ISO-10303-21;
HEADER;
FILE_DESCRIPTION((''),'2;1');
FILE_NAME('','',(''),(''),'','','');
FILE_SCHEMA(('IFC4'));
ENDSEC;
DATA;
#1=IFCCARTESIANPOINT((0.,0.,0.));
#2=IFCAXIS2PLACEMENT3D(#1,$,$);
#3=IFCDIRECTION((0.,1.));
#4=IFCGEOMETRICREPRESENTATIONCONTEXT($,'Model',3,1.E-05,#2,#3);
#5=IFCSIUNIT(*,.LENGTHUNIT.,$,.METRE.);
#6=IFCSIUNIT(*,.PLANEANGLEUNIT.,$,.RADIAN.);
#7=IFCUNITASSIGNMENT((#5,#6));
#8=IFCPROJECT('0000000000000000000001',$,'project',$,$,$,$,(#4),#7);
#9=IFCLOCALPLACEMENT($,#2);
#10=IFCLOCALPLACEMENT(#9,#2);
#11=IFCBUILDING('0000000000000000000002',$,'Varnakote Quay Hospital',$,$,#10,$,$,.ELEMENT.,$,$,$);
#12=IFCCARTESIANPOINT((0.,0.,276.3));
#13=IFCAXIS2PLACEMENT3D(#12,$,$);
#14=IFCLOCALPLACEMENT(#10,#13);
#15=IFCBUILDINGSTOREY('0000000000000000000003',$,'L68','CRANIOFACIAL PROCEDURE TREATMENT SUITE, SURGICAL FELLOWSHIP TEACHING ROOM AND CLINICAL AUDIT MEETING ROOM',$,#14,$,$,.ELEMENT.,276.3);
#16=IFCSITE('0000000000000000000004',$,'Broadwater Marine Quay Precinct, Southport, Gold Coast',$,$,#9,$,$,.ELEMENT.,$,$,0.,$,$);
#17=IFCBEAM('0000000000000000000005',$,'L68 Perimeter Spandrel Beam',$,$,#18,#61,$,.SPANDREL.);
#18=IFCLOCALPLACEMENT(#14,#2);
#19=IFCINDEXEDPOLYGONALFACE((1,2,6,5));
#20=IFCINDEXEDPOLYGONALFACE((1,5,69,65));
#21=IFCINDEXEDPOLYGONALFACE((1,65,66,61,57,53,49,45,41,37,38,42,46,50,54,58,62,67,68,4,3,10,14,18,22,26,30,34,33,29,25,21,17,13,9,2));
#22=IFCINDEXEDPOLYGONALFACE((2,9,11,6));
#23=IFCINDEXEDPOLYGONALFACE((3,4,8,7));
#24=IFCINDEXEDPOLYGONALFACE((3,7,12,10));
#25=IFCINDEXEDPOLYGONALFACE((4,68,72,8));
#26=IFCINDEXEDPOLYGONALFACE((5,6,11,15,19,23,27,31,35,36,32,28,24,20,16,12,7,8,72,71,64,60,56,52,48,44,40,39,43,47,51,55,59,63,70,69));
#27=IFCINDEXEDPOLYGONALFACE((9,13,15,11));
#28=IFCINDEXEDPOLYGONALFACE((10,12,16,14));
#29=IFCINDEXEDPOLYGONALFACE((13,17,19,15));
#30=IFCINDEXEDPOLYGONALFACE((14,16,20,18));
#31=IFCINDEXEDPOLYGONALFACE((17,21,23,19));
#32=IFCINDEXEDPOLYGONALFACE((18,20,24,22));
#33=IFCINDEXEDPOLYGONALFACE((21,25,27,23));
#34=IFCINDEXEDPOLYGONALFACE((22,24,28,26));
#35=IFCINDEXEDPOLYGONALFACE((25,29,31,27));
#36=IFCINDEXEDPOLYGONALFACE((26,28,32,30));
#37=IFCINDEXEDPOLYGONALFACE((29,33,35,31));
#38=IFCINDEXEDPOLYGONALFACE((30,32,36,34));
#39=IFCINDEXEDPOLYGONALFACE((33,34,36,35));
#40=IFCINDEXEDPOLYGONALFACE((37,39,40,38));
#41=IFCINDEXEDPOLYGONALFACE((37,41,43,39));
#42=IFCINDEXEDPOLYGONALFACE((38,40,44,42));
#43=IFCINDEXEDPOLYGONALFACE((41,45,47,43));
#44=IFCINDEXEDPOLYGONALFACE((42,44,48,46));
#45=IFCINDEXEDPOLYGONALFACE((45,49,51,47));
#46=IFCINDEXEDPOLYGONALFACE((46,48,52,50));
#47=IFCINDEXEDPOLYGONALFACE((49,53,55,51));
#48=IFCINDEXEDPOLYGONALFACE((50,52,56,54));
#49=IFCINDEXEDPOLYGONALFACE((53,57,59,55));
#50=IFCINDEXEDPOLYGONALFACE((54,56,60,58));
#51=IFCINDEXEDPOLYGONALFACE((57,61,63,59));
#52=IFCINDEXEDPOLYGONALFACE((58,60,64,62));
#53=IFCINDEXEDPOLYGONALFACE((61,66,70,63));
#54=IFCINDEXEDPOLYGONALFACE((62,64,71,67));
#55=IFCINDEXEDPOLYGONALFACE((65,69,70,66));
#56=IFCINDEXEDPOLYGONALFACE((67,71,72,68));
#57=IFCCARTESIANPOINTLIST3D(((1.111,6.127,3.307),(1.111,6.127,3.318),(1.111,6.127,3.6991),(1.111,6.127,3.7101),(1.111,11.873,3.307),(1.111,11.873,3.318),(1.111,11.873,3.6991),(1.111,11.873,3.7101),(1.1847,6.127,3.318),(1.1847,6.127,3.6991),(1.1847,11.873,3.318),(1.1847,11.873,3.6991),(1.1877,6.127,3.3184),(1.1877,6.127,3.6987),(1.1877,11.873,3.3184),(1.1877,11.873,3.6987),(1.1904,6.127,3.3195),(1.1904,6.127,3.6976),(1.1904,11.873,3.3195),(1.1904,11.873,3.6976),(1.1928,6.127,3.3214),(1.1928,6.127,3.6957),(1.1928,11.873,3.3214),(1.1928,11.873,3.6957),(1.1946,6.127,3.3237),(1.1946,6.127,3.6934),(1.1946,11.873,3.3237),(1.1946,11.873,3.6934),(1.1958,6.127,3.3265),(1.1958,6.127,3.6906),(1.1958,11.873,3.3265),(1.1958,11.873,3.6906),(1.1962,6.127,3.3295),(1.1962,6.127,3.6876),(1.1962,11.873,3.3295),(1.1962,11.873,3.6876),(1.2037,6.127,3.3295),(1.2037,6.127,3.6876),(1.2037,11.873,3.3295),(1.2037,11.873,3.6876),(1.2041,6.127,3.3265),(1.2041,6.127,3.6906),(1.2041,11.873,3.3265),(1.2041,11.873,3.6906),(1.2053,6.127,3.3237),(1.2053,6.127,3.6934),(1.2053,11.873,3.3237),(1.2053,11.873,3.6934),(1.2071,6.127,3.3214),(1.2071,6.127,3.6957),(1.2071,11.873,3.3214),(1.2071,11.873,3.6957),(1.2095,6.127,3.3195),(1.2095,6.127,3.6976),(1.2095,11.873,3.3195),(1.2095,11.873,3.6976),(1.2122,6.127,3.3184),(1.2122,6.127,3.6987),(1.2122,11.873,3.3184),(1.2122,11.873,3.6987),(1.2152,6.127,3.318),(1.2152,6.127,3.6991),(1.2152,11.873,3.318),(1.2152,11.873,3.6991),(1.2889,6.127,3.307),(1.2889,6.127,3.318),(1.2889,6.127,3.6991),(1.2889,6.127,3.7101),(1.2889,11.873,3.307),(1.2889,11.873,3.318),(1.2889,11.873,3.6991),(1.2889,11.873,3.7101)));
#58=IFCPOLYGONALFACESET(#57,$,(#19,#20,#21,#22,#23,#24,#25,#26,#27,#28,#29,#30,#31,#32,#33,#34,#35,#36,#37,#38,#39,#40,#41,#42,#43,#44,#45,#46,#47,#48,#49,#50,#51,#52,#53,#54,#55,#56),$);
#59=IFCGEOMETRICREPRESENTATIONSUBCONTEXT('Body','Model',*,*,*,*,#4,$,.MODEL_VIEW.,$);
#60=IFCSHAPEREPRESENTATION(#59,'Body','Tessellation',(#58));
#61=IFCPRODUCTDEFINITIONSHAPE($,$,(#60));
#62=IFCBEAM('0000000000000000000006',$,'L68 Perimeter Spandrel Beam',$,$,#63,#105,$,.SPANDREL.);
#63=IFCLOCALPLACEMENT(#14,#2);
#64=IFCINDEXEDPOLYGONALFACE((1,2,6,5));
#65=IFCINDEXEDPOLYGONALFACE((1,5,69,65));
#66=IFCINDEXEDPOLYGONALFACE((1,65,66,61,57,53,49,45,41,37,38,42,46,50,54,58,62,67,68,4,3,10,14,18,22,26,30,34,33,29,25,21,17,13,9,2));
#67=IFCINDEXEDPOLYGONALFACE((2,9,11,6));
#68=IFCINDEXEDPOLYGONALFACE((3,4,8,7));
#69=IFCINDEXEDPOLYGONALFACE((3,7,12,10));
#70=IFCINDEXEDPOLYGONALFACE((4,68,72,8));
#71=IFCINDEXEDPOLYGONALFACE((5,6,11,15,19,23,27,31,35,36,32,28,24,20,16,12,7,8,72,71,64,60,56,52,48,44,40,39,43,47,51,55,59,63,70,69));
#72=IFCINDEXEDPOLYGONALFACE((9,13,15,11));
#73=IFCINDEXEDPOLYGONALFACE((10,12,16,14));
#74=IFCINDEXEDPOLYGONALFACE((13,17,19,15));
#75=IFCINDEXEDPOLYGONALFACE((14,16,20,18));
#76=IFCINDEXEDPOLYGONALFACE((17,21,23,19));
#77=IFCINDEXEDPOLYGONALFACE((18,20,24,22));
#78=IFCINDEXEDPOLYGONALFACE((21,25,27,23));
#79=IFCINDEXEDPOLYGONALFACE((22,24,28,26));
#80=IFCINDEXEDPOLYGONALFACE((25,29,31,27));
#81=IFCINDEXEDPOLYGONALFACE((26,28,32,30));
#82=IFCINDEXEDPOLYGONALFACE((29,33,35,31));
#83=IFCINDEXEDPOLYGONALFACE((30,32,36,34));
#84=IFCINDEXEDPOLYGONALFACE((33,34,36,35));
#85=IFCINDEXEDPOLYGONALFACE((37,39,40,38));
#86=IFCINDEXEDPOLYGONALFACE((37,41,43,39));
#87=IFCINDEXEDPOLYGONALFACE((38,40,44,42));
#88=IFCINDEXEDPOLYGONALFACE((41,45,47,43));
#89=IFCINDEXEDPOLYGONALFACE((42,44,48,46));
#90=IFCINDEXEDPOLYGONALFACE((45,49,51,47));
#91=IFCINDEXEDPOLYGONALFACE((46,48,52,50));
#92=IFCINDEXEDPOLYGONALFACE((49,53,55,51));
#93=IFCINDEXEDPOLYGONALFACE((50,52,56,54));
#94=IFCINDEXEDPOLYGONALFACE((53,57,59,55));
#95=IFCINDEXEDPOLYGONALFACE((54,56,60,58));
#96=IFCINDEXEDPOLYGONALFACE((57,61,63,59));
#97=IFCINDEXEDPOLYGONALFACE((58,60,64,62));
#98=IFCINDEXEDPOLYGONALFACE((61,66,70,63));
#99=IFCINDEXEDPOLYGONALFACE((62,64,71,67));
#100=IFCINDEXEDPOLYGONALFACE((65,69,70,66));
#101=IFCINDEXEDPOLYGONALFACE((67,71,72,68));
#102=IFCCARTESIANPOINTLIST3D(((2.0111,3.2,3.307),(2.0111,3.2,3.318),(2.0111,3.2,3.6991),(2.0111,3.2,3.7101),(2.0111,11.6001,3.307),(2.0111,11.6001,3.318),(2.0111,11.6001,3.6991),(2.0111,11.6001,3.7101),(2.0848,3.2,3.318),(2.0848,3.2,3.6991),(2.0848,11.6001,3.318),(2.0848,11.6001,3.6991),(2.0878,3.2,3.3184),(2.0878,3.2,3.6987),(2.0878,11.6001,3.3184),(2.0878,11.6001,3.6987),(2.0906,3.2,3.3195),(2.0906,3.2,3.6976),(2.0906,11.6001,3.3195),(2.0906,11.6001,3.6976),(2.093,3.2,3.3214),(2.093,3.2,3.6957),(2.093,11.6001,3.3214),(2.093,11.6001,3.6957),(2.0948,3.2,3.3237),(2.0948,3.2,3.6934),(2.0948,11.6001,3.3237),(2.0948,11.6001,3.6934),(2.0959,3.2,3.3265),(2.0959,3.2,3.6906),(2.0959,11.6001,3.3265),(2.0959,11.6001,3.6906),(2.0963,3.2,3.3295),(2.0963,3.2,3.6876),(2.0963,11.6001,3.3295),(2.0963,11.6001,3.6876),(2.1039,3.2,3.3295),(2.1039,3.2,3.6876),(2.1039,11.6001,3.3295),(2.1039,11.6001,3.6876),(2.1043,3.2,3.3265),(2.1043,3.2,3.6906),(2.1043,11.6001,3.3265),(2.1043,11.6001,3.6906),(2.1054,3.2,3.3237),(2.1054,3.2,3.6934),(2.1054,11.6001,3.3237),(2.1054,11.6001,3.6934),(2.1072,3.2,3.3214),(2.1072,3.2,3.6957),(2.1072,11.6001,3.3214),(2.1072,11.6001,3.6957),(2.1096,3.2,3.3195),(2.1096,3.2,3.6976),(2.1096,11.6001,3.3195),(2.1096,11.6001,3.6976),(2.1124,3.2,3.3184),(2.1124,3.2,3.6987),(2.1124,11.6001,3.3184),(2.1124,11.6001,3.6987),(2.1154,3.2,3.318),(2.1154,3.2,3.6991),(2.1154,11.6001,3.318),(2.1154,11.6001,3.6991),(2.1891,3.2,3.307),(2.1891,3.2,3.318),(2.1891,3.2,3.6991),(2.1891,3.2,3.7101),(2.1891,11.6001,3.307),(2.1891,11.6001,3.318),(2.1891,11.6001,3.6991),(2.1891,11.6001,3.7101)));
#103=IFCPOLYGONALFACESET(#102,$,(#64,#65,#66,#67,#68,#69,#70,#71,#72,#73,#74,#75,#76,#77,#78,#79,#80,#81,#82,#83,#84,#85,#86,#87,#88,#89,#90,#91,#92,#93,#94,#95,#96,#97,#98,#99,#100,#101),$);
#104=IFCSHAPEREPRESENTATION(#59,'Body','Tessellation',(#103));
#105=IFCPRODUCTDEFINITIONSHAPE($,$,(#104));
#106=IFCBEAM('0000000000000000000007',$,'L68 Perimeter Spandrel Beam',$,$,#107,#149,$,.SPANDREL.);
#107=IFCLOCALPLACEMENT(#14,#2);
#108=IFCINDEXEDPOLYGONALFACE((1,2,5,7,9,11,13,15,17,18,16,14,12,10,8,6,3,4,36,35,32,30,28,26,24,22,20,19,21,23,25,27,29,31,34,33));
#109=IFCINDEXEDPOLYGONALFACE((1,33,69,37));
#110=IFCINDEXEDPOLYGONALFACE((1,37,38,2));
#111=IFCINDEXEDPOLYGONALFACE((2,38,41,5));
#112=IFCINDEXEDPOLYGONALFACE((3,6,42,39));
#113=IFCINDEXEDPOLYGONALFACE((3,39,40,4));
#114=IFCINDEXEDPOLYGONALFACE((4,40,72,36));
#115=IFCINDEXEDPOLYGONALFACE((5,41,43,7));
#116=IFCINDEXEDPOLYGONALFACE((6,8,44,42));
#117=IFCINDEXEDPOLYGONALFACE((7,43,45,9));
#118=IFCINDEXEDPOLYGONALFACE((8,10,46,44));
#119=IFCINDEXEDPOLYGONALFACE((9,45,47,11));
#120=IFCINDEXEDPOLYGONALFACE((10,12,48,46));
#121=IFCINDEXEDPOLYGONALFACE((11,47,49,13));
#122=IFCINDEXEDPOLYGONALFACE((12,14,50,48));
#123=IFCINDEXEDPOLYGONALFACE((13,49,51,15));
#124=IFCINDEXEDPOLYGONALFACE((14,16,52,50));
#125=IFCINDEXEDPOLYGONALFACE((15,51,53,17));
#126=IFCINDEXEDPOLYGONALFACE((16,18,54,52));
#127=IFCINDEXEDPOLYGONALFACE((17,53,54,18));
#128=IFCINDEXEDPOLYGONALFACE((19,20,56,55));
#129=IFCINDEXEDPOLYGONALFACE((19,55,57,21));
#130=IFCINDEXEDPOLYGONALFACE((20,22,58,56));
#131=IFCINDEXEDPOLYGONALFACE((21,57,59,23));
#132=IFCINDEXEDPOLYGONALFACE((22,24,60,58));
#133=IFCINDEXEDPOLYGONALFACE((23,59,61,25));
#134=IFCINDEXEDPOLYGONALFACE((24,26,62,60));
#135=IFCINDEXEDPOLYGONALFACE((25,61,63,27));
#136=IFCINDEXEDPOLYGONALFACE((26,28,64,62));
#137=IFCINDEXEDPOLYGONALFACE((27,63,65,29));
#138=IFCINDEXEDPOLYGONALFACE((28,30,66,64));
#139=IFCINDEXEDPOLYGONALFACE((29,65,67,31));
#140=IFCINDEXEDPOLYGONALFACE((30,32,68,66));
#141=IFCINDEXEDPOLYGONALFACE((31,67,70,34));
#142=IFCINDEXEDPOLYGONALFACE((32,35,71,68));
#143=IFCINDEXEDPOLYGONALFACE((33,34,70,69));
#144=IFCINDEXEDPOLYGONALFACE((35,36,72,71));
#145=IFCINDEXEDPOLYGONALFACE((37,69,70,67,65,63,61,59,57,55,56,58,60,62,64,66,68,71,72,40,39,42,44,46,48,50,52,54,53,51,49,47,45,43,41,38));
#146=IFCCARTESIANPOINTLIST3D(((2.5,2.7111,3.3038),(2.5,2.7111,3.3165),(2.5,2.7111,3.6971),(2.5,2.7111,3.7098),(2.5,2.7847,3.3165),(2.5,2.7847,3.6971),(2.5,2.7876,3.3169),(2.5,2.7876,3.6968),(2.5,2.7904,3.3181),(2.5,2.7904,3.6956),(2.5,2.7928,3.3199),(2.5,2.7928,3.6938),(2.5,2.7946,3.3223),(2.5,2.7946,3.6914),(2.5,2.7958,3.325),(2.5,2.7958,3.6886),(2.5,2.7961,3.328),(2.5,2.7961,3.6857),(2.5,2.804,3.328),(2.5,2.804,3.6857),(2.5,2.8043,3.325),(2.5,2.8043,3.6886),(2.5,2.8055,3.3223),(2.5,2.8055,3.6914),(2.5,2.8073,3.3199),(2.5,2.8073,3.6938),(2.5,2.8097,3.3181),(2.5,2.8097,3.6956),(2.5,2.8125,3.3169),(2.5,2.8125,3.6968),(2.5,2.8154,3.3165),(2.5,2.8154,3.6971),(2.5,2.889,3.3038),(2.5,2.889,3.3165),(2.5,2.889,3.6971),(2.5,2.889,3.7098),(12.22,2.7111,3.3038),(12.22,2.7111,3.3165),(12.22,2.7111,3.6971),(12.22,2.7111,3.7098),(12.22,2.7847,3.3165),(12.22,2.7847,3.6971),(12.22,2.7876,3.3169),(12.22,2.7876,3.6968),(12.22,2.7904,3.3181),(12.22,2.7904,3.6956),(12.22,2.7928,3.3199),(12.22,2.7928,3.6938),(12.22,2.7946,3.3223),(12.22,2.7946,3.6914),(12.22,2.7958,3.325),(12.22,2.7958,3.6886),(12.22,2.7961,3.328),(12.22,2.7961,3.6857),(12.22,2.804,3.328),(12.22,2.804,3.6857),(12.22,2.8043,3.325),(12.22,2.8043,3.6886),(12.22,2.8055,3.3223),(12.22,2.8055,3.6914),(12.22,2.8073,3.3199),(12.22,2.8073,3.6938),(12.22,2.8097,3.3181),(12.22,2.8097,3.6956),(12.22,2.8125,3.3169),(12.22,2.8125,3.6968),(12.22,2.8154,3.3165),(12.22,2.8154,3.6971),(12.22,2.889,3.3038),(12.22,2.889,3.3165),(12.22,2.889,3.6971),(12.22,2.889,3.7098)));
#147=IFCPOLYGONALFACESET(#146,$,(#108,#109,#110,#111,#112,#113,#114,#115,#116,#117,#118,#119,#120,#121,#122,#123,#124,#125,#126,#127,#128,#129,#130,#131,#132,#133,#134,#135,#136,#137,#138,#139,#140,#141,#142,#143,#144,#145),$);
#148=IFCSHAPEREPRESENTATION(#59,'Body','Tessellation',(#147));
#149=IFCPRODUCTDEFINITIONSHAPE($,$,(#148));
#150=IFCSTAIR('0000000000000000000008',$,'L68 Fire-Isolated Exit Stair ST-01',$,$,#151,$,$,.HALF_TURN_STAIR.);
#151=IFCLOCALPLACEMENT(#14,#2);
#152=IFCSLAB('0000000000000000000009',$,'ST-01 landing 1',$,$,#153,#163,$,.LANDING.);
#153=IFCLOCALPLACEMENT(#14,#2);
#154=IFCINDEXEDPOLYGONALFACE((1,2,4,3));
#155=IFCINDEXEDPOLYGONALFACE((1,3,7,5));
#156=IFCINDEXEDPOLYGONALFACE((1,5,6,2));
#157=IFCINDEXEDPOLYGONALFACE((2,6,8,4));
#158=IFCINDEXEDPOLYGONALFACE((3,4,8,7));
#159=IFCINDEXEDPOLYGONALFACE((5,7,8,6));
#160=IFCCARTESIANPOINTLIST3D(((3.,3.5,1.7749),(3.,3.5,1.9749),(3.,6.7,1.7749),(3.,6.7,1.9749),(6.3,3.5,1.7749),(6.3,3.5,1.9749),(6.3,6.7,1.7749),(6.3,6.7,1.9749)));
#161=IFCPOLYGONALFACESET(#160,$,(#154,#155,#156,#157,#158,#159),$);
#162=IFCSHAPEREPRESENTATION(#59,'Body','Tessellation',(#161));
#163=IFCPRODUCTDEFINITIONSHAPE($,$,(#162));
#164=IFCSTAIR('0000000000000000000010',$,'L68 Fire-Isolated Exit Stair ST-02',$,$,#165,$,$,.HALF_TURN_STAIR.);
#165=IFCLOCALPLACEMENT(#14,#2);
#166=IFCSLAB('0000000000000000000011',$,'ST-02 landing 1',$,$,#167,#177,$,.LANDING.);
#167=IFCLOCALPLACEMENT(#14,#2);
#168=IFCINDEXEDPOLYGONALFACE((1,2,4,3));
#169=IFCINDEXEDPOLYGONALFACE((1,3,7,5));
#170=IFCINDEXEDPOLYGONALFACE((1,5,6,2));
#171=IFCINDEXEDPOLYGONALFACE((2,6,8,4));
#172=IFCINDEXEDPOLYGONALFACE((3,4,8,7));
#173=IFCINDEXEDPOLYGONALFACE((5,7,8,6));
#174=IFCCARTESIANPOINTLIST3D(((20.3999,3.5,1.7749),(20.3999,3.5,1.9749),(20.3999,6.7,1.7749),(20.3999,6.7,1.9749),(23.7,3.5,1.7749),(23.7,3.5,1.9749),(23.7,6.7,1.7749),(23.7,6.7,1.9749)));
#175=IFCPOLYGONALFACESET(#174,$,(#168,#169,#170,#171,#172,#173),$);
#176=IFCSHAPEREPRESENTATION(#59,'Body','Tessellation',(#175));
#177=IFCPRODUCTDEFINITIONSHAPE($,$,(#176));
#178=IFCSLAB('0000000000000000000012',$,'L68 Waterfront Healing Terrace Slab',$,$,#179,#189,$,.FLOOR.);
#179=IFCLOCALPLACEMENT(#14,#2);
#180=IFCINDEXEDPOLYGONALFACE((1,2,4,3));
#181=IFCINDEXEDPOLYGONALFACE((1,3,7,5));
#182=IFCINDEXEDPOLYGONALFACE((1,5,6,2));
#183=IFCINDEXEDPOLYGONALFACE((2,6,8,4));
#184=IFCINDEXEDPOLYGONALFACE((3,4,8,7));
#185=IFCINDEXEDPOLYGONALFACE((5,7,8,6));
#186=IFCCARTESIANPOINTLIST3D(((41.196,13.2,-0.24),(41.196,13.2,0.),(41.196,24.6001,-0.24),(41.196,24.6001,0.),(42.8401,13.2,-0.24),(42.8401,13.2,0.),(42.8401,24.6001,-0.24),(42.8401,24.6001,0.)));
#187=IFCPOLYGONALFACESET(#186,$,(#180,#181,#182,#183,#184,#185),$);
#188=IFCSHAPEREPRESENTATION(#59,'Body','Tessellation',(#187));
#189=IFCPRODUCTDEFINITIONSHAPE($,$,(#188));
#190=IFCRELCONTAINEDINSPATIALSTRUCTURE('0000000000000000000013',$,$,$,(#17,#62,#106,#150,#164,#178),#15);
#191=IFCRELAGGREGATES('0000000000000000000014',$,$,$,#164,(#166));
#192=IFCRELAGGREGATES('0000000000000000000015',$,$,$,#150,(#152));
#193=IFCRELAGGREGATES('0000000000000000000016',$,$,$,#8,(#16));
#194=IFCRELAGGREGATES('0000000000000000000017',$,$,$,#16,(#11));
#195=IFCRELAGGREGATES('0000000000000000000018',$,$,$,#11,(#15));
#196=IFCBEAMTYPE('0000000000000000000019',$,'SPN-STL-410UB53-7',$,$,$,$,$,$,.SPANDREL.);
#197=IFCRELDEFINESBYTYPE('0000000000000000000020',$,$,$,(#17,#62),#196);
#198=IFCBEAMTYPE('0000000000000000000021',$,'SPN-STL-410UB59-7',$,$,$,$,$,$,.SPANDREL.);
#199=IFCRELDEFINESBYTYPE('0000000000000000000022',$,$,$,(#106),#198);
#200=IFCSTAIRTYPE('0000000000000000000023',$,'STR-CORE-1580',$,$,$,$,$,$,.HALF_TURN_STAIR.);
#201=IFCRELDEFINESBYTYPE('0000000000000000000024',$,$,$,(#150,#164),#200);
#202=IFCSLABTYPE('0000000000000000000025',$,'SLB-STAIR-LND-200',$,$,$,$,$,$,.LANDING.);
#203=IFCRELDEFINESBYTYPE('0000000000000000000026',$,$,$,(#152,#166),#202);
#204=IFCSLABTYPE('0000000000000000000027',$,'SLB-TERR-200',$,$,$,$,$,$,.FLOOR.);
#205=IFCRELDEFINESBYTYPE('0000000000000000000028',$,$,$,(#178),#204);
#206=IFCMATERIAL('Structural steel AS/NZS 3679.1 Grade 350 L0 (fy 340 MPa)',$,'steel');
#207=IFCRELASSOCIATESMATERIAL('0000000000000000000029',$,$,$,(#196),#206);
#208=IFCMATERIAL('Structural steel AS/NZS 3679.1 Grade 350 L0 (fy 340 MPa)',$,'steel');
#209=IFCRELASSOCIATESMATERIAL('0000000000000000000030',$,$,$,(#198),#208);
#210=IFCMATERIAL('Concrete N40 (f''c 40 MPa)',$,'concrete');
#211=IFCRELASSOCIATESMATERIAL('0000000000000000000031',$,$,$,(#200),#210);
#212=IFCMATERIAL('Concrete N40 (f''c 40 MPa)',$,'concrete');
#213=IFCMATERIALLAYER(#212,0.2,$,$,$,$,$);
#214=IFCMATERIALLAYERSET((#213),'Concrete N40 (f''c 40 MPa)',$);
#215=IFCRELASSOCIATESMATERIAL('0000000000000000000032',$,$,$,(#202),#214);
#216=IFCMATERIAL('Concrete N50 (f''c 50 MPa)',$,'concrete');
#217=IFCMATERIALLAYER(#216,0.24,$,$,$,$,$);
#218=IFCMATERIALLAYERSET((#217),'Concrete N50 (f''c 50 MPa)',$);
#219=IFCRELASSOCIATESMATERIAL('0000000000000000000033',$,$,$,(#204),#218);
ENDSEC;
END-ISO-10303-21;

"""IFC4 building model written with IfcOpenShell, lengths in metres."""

from ifc_helpers import new_model, si_unit, direction, frame, origin, origin_2d, place, context, subcontext, project, spatial, polyline, i_section, outline, extrude, material, layer, layer_set, material_profile, profile_set, type_object, element, aggregate, save


model = new_model("IFC4")

# Units and contexts
model_context = context("Model", 3, precision=1e-05, world=origin(), true_north=direction((0.0, 1.0)))
body_context = subcontext(model_context, "Body", "Model", "MODEL_VIEW")
ifc_project = project(units=[si_unit("LENGTHUNIT", "METRE"), si_unit("PLANEANGLEUNIT", "RADIAN")], contexts=[model_context])

# Site, building, storey
site_placement = place(None, origin())
site = spatial("IfcSite", under=ifc_project, at=site_placement, Name="Broadwater Marine Quay Precinct, Southport, Gold Coast", CompositionType="ELEMENT", RefElevation=0.0)
building_placement = place(site_placement, origin())
building = spatial("IfcBuilding", under=site, at=building_placement, Name="Varnakote Quay Hospital", CompositionType="ELEMENT")
storey_placement = place(building_placement, frame((0.0, 0.0, 276.3)))
storey = spatial("IfcBuildingStorey", under=building, at=storey_placement, Name="L68", Description="CRANIOFACIAL PROCEDURE TREATMENT SUITE, SURGICAL FELLOWSHIP TEACHING ROOM AND CLINICAL AUDIT MEETING ROOM", CompositionType="ELEMENT", Elevation=276.3)

# Beams
ifc_material_1 = material(Name="Structural steel AS/NZS 3679.1 Grade 350 L0 (fy 340 MPa)", Category="steel")
ifc_material_profile_1 = material_profile(ifc_material_1, i_section(OverallWidth=0.178, OverallDepth=0.4031, WebThickness=0.0076, FlangeThickness=0.011, FilletRadius=0.0115, at=origin_2d()), Name="410UB53.7")
ifc_profile_set_1 = profile_set([ifc_material_profile_1], Name="Structural steel AS/NZS 3679.1 Grade 350 L0 (fy 340 MPa)")
beam_type_1 = type_object("IfcBeamType", Name="SPN-STL-410UB53-7", PredefinedType="SPANDREL", material=ifc_profile_set_1)
beam_1_placement = place(storey_placement, frame((1.2, 6.127, 3.5085), z_axis=(0.0, 1.0, 0.0), x_axis=(-1.0, 0.0, 0.0)))
element("IfcBeam", 1, at=beam_1_placement, inside=storey, type_object=beam_type_1, Name="L68 Perimeter Spandrel Beam", PredefinedType="SPANDREL", context=body_context, shape_type="SweptSolid", body=[
    extrude(i_section(OverallWidth=0.178, OverallDepth=0.4031, WebThickness=0.0076, FlangeThickness=0.011, FilletRadius=0.0115, at=origin_2d()), origin(), (0.0, 0.0, 1.0), 5.7461),
])
beam_2_placement = place(storey_placement, frame((2.1001, 3.2, 3.5085), z_axis=(0.0, 1.0, 0.0), x_axis=(-1.0, 0.0, 0.0)))
element("IfcBeam", 2, at=beam_2_placement, inside=storey, type_object=beam_type_1, Name="L68 Perimeter Spandrel Beam", PredefinedType="SPANDREL", context=body_context, shape_type="SweptSolid", body=[
    extrude(i_section(OverallWidth=0.178, OverallDepth=0.4031, WebThickness=0.0076, FlangeThickness=0.011, FilletRadius=0.0115, at=origin_2d()), origin(), (0.0, 0.0, 1.0), 8.4001),
])
ifc_material_2 = material(Name="Structural steel AS/NZS 3679.1 Grade 350 L0 (fy 340 MPa)", Category="steel")
ifc_material_profile_2 = material_profile(ifc_material_2, i_section(OverallWidth=0.178, OverallDepth=0.406, WebThickness=0.0078, FlangeThickness=0.0127, FilletRadius=0.0115, at=origin_2d()), Name="410UB59.7")
ifc_profile_set_2 = profile_set([ifc_material_profile_2], Name="Structural steel AS/NZS 3679.1 Grade 350 L0 (fy 340 MPa)")
beam_type_2 = type_object("IfcBeamType", Name="SPN-STL-410UB59-7", PredefinedType="SPANDREL", material=ifc_profile_set_2)
beam_3_placement = place(storey_placement, frame((2.5, 2.8, 3.5068), z_axis=(1.0, 0.0, 0.0), x_axis=(0.0, 1.0, 0.0)))
element("IfcBeam", 3, at=beam_3_placement, inside=storey, type_object=beam_type_2, Name="L68 Perimeter Spandrel Beam", PredefinedType="SPANDREL", context=body_context, shape_type="SweptSolid", body=[
    extrude(i_section(OverallWidth=0.178, OverallDepth=0.406, WebThickness=0.0078, FlangeThickness=0.0127, FilletRadius=0.0115, at=origin_2d()), origin(), (0.0, 0.0, 1.0), 9.72),
])

# Stairs, slabs
ifc_material_3 = material(Name="Concrete N40 (f'c 40 MPa)", Category="concrete")
stair_type = type_object("IfcStairType", Name="STR-CORE-1580", PredefinedType="HALF_TURN_STAIR", material=ifc_material_3)
stair_1_placement = place(storey_placement, origin())
stair_1 = element("IfcStair", 4, at=stair_1_placement, inside=storey, type_object=stair_type, Name="L68 Fire-Isolated Exit Stair ST-01", PredefinedType="HALF_TURN_STAIR")
ifc_material_4 = material(Name="Concrete N40 (f'c 40 MPa)", Category="concrete")
ifc_layer_1 = layer(ifc_material_4, 0.2)
ifc_layer_set_1 = layer_set([ifc_layer_1], Name="Concrete N40 (f'c 40 MPa)")
slab_type_1 = type_object("IfcSlabType", Name="SLB-STAIR-LND-200", PredefinedType="LANDING", material=ifc_layer_set_1)
slab_1_placement = place(storey_placement, frame((0.0, 0.0, 1.7749)))
slab_1 = element("IfcSlab", 5, at=slab_1_placement, type_object=slab_type_1, Name="ST-01 landing 1", PredefinedType="LANDING", context=body_context, shape_type="SweptSolid", body=[
    extrude(outline(polyline([(3.0, 6.7), (3.0, 3.5), (6.3, 3.5), (6.3, 6.7), (3.0, 6.7)])), origin(), (0.0, 0.0, 1.0), 0.2),
])
stair_2_placement = place(storey_placement, origin())
stair_2 = element("IfcStair", 6, at=stair_2_placement, inside=storey, type_object=stair_type, Name="L68 Fire-Isolated Exit Stair ST-02", PredefinedType="HALF_TURN_STAIR")
slab_2_placement = place(storey_placement, frame((0.0, 0.0, 1.7749)))
slab_2 = element("IfcSlab", 7, at=slab_2_placement, type_object=slab_type_1, Name="ST-02 landing 1", PredefinedType="LANDING", context=body_context, shape_type="SweptSolid", body=[
    extrude(outline(polyline([(20.3999, 6.7), (20.3999, 3.5), (23.7, 3.5), (23.7, 6.7), (20.3999, 6.7)])), origin(), (0.0, 0.0, 1.0), 0.2),
])
aggregate(stair_2, [slab_2])

# Slab
ifc_material_5 = material(Name="Concrete N50 (f'c 50 MPa)", Category="concrete")
ifc_layer_2 = layer(ifc_material_5, 0.24)
ifc_layer_set_2 = layer_set([ifc_layer_2], Name="Concrete N50 (f'c 50 MPa)")
slab_type_2 = type_object("IfcSlabType", Name="SLB-TERR-200", PredefinedType="FLOOR", material=ifc_layer_set_2)
slab_3_placement = place(storey_placement, frame((0.0, 0.0, -0.24)))
element("IfcSlab", 8, at=slab_3_placement, inside=storey, type_object=slab_type_2, Name="L68 Waterfront Healing Terrace Slab", PredefinedType="FLOOR", context=body_context, shape_type="SweptSolid", body=[
    extrude(outline(polyline([(41.196, 24.6001), (41.196, 13.2), (42.8401, 13.2), (42.8401, 24.6001), (41.196, 24.6001)])), origin(), (0.0, 0.0, 1.0), 0.24),
])

aggregate(stair_1, [slab_1])

save(model, "model.ifc")
